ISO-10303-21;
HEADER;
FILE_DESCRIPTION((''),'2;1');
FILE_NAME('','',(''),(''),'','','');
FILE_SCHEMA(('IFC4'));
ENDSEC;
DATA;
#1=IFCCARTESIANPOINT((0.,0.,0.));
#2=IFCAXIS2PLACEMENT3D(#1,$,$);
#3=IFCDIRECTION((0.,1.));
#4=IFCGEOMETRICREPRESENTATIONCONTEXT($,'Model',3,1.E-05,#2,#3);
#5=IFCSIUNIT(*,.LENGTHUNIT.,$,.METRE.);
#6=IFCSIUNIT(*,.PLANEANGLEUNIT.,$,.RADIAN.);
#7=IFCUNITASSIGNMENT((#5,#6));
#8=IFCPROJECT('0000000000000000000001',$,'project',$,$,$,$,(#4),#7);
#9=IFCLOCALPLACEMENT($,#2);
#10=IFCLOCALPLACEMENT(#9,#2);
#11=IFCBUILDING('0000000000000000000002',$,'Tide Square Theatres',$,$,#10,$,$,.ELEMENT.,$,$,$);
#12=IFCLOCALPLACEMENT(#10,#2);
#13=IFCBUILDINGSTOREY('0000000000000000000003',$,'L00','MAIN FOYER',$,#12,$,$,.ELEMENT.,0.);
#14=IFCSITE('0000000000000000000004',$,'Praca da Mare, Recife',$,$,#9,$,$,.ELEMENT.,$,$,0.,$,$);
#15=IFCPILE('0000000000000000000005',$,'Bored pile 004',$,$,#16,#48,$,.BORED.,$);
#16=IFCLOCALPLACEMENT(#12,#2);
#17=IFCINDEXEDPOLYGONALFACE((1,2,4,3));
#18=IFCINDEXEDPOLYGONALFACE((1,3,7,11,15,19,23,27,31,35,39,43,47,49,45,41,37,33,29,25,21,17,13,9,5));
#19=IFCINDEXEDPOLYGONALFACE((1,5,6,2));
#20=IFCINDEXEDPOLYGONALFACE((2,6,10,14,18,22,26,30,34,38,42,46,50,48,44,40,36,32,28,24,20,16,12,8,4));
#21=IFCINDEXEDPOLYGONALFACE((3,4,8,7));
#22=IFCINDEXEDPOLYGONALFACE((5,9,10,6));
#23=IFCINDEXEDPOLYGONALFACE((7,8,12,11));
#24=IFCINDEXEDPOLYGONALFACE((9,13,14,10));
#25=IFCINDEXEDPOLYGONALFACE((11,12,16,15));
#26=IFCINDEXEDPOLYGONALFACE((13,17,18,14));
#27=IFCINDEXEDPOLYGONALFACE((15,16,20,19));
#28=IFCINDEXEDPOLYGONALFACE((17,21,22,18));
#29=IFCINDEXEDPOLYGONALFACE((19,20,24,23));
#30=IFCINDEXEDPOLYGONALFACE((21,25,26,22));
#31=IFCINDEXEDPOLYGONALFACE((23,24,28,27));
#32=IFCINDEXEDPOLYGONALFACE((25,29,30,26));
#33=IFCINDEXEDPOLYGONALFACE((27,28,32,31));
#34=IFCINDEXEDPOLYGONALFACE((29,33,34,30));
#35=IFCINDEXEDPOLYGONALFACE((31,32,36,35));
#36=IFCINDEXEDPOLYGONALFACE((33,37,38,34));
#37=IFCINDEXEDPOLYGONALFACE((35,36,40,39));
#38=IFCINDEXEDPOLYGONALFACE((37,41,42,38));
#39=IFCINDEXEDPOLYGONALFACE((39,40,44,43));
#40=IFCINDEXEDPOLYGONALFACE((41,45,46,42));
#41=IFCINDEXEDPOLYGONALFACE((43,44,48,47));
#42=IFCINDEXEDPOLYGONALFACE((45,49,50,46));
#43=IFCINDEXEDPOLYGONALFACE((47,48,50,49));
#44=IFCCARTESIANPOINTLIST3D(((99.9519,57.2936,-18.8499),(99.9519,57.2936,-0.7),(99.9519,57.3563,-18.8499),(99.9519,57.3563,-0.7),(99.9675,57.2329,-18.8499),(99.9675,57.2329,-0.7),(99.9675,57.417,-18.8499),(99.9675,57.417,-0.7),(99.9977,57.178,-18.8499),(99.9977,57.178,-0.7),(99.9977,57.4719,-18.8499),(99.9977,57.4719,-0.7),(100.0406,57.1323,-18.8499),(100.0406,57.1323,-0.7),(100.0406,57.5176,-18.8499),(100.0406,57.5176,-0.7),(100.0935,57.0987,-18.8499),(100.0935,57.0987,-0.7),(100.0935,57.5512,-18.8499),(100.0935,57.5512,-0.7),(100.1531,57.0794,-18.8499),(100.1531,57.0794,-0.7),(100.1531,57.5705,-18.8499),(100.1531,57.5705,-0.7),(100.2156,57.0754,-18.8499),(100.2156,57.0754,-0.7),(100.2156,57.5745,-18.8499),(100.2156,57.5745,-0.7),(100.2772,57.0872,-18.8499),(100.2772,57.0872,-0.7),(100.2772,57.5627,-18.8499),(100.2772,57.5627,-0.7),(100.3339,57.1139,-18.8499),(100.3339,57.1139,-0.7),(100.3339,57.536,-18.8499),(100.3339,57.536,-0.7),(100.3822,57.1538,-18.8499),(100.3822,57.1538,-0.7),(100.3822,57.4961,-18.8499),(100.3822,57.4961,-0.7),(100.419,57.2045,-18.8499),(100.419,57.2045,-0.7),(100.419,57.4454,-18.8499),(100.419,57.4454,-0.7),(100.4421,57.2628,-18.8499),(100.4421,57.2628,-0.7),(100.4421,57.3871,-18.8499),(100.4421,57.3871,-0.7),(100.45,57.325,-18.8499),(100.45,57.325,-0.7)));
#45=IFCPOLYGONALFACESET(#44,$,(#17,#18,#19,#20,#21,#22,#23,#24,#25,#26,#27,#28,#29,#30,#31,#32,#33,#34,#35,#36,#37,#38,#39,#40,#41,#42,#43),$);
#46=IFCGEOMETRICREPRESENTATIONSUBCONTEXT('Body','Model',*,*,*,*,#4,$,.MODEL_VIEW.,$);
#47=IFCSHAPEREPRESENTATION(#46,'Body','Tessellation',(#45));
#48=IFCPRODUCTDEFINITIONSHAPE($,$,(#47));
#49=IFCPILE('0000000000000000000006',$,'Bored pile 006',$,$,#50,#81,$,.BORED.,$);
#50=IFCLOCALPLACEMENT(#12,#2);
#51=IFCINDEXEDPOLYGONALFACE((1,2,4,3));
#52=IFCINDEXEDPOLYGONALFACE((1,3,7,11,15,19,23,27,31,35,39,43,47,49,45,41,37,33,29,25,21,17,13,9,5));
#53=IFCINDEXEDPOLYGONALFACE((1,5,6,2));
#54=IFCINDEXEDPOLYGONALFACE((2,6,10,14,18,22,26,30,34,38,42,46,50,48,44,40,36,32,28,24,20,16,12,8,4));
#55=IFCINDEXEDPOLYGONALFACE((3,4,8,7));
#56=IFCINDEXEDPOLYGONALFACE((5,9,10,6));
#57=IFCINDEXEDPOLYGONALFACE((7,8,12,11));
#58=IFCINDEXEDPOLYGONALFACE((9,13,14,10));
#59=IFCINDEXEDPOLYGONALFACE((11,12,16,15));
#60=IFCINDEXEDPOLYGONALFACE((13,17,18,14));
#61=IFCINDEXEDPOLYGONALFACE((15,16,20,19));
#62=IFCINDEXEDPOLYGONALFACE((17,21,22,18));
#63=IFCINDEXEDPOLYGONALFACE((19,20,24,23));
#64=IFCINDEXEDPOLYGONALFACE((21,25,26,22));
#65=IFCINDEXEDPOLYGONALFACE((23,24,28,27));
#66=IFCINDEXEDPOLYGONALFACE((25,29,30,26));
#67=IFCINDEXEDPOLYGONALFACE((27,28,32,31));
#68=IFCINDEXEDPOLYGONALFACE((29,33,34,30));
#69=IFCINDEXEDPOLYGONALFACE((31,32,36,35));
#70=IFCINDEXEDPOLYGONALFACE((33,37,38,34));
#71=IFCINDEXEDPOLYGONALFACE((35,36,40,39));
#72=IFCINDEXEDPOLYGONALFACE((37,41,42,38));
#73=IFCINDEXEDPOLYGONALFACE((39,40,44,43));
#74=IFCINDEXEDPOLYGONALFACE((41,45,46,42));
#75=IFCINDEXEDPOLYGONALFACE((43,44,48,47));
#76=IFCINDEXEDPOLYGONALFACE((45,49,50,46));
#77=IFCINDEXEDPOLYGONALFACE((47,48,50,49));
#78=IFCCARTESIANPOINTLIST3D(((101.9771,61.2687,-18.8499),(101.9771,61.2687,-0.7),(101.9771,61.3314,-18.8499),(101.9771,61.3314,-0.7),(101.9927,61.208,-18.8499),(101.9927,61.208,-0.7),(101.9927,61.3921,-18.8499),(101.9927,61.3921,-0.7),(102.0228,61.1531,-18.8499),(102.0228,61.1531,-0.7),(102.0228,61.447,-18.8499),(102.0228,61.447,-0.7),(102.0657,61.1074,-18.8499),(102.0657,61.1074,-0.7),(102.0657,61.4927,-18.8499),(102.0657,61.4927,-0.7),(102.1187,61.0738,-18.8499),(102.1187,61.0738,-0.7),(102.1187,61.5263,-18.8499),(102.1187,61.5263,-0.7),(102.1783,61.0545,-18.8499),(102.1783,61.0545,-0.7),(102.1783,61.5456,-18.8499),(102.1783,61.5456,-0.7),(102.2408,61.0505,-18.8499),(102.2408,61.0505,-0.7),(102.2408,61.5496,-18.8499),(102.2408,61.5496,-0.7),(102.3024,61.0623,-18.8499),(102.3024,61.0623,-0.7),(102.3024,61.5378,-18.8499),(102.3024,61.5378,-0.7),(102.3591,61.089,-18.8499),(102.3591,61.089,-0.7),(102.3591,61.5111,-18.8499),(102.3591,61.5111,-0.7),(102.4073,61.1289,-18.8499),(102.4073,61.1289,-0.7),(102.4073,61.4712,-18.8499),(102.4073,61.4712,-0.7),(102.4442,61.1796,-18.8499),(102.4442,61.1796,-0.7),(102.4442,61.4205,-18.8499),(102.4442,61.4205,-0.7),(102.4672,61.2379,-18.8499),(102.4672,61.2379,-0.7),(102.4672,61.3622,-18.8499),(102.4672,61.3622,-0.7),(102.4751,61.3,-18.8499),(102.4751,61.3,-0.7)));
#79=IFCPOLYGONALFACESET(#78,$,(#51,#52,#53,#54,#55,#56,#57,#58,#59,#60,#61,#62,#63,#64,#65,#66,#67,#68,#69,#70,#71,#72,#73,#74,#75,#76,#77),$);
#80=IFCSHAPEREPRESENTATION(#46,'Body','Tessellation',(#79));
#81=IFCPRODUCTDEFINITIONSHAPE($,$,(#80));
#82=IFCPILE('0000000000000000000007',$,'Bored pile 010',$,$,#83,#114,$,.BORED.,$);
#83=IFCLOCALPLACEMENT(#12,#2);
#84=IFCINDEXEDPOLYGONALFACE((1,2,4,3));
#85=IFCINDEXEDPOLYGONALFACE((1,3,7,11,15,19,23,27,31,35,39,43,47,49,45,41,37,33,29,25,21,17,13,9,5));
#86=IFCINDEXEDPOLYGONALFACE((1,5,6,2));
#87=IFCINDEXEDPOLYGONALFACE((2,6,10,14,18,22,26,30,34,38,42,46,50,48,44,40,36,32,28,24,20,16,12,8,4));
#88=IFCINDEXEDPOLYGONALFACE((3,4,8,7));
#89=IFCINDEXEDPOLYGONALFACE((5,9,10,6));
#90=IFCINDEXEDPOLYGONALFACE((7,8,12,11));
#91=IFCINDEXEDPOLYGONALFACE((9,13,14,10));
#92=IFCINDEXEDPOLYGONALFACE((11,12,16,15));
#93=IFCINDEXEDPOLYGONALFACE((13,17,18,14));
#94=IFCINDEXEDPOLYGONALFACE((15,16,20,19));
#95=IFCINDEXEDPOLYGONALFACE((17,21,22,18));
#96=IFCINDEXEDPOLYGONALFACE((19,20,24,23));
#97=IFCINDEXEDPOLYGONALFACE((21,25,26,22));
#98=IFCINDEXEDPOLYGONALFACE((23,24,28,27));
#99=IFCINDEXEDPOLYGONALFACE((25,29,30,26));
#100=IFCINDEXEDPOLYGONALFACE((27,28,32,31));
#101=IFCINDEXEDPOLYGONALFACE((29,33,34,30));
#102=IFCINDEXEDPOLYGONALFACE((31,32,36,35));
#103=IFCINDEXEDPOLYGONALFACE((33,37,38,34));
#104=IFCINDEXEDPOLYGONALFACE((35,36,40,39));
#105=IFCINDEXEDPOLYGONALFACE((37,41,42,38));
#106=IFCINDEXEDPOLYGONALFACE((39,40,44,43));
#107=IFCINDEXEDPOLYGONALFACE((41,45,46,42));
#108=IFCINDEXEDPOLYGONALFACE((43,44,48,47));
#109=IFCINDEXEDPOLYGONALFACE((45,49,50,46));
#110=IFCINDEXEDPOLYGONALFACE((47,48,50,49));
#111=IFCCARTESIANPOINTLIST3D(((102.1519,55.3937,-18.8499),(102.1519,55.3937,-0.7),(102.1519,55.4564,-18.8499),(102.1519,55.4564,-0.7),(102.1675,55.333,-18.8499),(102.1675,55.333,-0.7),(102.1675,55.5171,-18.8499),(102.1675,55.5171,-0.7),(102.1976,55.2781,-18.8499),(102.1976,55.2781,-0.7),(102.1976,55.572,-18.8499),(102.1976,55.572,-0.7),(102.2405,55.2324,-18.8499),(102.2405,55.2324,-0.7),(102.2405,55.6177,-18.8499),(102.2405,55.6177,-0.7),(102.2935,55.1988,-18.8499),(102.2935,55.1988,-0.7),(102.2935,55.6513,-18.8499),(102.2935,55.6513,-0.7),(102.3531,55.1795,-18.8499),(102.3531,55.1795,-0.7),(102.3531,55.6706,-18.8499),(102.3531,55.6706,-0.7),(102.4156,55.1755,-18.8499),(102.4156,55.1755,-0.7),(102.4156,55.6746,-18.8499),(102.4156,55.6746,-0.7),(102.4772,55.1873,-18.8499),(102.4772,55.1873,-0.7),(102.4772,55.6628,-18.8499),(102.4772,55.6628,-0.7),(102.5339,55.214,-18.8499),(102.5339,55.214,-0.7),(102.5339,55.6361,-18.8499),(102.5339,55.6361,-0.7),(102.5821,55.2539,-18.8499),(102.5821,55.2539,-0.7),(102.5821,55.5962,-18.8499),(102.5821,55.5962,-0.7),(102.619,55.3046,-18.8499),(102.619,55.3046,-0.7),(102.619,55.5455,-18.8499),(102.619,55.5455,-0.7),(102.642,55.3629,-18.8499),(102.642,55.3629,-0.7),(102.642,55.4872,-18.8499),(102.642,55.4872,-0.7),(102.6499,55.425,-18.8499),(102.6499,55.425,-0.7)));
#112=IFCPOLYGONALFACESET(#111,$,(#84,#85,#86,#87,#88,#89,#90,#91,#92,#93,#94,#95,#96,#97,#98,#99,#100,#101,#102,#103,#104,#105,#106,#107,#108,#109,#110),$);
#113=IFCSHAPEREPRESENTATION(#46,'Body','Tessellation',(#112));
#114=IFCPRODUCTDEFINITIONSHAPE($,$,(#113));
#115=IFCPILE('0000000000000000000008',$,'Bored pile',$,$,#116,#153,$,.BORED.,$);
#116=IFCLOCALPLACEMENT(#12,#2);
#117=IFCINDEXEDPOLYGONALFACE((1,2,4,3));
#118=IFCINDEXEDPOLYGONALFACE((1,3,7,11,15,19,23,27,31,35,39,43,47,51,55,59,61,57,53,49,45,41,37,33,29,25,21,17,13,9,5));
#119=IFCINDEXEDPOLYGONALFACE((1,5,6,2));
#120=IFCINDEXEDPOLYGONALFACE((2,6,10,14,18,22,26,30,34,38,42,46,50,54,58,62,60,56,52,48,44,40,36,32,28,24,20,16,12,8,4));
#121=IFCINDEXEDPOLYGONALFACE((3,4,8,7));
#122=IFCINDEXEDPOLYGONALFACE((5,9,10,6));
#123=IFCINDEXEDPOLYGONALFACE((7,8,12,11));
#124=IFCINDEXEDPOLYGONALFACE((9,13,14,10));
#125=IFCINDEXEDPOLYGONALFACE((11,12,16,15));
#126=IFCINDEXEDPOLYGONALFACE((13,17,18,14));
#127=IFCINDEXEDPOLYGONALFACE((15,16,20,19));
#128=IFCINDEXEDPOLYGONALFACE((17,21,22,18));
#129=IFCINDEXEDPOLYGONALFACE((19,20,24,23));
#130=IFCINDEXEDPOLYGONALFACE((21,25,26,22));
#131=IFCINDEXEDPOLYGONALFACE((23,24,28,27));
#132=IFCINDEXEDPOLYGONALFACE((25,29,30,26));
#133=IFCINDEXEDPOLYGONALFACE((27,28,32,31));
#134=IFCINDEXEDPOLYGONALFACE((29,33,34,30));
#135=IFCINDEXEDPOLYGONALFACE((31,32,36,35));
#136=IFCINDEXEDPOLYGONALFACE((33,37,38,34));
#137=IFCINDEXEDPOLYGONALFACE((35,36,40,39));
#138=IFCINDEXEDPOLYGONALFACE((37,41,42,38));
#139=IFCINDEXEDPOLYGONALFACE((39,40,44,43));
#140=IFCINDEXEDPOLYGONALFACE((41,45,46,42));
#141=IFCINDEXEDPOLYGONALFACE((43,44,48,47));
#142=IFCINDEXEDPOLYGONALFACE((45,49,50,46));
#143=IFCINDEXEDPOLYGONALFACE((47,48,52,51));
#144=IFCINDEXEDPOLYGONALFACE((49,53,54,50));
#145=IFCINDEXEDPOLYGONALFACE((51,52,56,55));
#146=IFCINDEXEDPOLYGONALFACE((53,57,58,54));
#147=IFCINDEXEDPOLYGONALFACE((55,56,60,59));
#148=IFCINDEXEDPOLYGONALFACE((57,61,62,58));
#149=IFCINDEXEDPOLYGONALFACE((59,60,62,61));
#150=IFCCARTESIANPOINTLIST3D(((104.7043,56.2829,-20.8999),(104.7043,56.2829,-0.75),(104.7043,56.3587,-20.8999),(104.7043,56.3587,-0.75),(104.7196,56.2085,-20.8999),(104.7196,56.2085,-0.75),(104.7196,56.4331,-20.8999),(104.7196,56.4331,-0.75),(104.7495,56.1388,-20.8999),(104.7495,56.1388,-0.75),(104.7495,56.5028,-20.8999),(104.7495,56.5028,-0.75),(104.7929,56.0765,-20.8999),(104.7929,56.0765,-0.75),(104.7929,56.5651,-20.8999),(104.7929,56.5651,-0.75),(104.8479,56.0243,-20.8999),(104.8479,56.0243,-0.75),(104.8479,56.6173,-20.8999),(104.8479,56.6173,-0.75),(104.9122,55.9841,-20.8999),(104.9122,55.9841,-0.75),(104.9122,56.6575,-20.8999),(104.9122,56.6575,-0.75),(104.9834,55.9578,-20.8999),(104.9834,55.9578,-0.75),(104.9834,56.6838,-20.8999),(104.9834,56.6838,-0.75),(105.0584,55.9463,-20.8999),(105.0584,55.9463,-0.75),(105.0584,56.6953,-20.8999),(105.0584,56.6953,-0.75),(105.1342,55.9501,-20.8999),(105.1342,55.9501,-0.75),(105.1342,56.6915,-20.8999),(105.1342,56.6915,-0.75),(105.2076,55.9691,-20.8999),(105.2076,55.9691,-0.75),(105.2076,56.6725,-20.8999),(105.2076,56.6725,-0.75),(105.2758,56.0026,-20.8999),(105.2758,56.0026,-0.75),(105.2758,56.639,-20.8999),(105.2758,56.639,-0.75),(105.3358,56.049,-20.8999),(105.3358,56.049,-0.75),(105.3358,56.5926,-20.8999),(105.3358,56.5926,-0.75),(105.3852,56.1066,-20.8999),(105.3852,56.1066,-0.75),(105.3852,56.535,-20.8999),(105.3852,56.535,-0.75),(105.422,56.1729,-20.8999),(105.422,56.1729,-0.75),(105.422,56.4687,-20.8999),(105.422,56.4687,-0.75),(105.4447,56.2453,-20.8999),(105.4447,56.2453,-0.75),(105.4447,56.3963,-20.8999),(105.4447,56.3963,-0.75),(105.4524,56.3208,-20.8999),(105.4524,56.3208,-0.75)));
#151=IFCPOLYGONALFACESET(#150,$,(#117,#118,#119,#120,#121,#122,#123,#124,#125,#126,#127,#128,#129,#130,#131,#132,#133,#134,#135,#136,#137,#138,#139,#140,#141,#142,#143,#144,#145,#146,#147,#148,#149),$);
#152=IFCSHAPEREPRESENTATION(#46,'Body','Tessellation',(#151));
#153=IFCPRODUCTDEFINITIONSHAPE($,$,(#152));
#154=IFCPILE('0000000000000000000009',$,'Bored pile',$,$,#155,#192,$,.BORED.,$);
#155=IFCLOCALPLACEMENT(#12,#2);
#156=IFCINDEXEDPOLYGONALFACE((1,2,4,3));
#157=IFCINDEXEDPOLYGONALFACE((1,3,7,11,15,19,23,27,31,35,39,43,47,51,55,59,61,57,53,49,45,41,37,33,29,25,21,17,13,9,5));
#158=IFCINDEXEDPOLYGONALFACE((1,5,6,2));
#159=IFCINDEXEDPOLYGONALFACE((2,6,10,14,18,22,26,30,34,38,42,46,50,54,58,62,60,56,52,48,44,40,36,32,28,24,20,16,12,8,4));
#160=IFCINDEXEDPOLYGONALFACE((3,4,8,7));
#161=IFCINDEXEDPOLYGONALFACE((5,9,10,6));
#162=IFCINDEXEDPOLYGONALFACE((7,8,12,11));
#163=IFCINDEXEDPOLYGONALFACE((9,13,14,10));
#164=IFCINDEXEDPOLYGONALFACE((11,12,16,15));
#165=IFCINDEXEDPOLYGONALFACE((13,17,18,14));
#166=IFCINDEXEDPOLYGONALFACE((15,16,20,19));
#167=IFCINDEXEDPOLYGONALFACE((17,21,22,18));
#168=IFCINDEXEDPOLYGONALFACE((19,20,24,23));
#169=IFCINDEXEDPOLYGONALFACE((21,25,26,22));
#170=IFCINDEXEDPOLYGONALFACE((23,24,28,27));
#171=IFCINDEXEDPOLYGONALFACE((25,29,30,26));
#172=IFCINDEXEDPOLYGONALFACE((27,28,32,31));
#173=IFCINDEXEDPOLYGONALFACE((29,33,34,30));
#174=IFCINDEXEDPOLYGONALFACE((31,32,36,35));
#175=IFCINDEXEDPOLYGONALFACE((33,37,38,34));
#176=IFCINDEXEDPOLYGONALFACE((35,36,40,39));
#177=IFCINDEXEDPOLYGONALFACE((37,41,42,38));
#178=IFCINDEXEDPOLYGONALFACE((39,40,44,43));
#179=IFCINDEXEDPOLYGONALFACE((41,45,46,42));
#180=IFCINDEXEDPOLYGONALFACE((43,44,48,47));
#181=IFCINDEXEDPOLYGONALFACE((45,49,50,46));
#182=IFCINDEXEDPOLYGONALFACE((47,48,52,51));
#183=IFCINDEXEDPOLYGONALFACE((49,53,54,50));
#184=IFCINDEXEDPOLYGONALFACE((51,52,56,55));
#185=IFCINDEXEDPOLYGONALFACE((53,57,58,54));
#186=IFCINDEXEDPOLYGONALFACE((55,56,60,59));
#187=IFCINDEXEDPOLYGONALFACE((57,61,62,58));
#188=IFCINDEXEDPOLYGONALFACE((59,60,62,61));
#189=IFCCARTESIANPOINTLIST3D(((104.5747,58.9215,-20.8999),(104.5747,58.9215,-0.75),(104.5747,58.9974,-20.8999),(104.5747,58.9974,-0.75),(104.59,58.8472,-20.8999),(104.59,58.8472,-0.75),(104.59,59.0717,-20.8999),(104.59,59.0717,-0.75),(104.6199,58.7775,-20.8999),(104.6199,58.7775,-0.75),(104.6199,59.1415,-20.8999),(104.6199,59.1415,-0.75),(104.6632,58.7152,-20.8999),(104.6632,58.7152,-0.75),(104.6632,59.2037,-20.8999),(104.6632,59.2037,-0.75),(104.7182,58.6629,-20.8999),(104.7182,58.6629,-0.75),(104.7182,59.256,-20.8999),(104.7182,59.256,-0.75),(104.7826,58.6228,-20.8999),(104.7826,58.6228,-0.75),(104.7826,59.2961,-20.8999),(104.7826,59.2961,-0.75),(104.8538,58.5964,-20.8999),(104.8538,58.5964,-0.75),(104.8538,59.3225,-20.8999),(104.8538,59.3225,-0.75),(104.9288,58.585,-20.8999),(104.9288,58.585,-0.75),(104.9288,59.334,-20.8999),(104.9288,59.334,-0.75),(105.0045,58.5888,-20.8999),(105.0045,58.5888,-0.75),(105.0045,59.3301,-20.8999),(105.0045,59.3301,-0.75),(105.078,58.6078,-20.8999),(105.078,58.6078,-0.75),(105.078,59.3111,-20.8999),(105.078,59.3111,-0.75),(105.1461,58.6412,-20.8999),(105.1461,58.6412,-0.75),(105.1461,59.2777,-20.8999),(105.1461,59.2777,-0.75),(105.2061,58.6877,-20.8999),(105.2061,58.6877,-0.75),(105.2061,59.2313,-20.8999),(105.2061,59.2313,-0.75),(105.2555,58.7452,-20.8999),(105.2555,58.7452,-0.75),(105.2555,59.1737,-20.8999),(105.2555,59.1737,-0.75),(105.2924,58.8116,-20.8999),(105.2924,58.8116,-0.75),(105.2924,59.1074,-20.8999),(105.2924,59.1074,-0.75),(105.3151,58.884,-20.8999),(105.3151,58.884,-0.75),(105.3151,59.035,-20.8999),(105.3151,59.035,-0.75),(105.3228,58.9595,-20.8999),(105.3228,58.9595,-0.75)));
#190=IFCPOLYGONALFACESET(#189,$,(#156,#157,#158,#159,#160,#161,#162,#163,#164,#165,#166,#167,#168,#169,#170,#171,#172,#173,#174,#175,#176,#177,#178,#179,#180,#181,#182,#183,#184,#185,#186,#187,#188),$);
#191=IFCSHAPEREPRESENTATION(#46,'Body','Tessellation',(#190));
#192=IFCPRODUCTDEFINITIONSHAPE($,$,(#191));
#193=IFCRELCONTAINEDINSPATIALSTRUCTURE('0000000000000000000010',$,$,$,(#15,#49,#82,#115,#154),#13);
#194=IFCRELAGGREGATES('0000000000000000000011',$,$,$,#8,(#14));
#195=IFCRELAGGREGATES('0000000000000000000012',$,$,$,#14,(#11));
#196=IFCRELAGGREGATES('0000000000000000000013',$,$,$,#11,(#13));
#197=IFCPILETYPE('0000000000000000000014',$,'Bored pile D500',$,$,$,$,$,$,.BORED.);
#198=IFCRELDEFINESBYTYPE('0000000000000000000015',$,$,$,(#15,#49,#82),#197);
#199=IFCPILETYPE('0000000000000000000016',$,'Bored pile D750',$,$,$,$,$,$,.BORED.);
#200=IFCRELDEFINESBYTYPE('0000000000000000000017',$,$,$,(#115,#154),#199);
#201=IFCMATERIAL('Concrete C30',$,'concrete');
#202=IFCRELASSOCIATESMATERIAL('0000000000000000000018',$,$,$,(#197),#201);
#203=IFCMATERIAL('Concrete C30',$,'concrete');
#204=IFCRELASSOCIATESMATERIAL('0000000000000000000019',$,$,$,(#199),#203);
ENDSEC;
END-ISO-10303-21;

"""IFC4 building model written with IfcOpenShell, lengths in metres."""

from ifc_helpers import new_model, si_unit, direction, frame, origin, origin_2d, place, context, subcontext, project, spatial, circle, extrude, material, material_profile, profile_set, type_object, element, save


model = new_model("IFC4")

# Units and contexts
model_context = context("Model", 3, precision=1e-05, world=origin(), true_north=direction((0.0, 1.0)))
body_context = subcontext(model_context, "Body", "Model", "MODEL_VIEW")
ifc_project = project(units=[si_unit("LENGTHUNIT", "METRE"), si_unit("PLANEANGLEUNIT", "RADIAN")], contexts=[model_context])

# Site, building, storey
site_placement = place(None, origin())
site = spatial("IfcSite", under=ifc_project, at=site_placement, Name="Praca da Mare, Recife", CompositionType="ELEMENT", RefElevation=0.0)
building_placement = place(site_placement, origin())
building = spatial("IfcBuilding", under=site, at=building_placement, Name="Tide Square Theatres", CompositionType="ELEMENT")
storey_placement = place(building_placement, origin())
storey = spatial("IfcBuildingStorey", under=building, at=storey_placement, Name="L00", Description="MAIN FOYER", CompositionType="ELEMENT", Elevation=0.0)

# Piles
ifc_material_1 = material(Name="Concrete C30", Category="concrete")
ifc_material_profile_1 = material_profile(ifc_material_1, circle(Radius=0.25, at=origin_2d()))
ifc_profile_set_1 = profile_set([ifc_material_profile_1], Name="Concrete C30")
pile_type_1 = type_object("IfcPileType", Name="Bored pile D500", PredefinedType="BORED", material=ifc_profile_set_1)
for number, where, z_axis, x_axis, name in (
    (1, (100.2, 57.325, -0.7), (0.0, 0.0, -1.0), (1.0, 0.0, 0.0), "Bored pile 004"),
    (2, (102.2251, 61.3, -0.7), (0.0, 0.0, -1.0), (1.0, 0.0, 0.0), "Bored pile 006"),
    (3, (102.3999, 55.425, -0.7), (0.0, 0.0, -1.0), (1.0, 0.0, 0.0), "Bored pile 010"),
):
    element("IfcPile", number, at=place(storey_placement, frame(where, z_axis=z_axis, x_axis=x_axis)), inside=storey, type_object=pile_type_1, Name=name, PredefinedType="BORED", context=body_context, shape_type="SweptSolid", body=[
        extrude(circle(Radius=0.25, at=origin_2d()), origin(), (0.0, 0.0, 1.0), 18.1499),
    ])
ifc_material_2 = material(Name="Concrete C30", Category="concrete")
ifc_material_profile_2 = material_profile(ifc_material_2, circle(Radius=0.375, at=origin_2d()))
ifc_profile_set_2 = profile_set([ifc_material_profile_2], Name="Concrete C30")
pile_type_2 = type_object("IfcPileType", Name="Bored pile D750", PredefinedType="BORED", material=ifc_profile_set_2)
for number, where, z_axis, x_axis, name in (
    (4, (105.0774, 56.3208, -0.75), (0.0, 0.0, -1.0), (1.0, 0.0, 0.0), "Bored pile"),
    (5, (104.9478, 58.9595, -0.75), (0.0, 0.0, -1.0), (1.0, 0.0, 0.0), "Bored pile"),
):
    element("IfcPile", number, at=place(storey_placement, frame(where, z_axis=z_axis, x_axis=x_axis)), inside=storey, type_object=pile_type_2, Name=name, PredefinedType="BORED", context=body_context, shape_type="SweptSolid", body=[
        extrude(circle(Radius=0.375, at=origin_2d()), origin(), (0.0, 0.0, 1.0), 20.1499),
    ])

save(model, "model.ifc")
